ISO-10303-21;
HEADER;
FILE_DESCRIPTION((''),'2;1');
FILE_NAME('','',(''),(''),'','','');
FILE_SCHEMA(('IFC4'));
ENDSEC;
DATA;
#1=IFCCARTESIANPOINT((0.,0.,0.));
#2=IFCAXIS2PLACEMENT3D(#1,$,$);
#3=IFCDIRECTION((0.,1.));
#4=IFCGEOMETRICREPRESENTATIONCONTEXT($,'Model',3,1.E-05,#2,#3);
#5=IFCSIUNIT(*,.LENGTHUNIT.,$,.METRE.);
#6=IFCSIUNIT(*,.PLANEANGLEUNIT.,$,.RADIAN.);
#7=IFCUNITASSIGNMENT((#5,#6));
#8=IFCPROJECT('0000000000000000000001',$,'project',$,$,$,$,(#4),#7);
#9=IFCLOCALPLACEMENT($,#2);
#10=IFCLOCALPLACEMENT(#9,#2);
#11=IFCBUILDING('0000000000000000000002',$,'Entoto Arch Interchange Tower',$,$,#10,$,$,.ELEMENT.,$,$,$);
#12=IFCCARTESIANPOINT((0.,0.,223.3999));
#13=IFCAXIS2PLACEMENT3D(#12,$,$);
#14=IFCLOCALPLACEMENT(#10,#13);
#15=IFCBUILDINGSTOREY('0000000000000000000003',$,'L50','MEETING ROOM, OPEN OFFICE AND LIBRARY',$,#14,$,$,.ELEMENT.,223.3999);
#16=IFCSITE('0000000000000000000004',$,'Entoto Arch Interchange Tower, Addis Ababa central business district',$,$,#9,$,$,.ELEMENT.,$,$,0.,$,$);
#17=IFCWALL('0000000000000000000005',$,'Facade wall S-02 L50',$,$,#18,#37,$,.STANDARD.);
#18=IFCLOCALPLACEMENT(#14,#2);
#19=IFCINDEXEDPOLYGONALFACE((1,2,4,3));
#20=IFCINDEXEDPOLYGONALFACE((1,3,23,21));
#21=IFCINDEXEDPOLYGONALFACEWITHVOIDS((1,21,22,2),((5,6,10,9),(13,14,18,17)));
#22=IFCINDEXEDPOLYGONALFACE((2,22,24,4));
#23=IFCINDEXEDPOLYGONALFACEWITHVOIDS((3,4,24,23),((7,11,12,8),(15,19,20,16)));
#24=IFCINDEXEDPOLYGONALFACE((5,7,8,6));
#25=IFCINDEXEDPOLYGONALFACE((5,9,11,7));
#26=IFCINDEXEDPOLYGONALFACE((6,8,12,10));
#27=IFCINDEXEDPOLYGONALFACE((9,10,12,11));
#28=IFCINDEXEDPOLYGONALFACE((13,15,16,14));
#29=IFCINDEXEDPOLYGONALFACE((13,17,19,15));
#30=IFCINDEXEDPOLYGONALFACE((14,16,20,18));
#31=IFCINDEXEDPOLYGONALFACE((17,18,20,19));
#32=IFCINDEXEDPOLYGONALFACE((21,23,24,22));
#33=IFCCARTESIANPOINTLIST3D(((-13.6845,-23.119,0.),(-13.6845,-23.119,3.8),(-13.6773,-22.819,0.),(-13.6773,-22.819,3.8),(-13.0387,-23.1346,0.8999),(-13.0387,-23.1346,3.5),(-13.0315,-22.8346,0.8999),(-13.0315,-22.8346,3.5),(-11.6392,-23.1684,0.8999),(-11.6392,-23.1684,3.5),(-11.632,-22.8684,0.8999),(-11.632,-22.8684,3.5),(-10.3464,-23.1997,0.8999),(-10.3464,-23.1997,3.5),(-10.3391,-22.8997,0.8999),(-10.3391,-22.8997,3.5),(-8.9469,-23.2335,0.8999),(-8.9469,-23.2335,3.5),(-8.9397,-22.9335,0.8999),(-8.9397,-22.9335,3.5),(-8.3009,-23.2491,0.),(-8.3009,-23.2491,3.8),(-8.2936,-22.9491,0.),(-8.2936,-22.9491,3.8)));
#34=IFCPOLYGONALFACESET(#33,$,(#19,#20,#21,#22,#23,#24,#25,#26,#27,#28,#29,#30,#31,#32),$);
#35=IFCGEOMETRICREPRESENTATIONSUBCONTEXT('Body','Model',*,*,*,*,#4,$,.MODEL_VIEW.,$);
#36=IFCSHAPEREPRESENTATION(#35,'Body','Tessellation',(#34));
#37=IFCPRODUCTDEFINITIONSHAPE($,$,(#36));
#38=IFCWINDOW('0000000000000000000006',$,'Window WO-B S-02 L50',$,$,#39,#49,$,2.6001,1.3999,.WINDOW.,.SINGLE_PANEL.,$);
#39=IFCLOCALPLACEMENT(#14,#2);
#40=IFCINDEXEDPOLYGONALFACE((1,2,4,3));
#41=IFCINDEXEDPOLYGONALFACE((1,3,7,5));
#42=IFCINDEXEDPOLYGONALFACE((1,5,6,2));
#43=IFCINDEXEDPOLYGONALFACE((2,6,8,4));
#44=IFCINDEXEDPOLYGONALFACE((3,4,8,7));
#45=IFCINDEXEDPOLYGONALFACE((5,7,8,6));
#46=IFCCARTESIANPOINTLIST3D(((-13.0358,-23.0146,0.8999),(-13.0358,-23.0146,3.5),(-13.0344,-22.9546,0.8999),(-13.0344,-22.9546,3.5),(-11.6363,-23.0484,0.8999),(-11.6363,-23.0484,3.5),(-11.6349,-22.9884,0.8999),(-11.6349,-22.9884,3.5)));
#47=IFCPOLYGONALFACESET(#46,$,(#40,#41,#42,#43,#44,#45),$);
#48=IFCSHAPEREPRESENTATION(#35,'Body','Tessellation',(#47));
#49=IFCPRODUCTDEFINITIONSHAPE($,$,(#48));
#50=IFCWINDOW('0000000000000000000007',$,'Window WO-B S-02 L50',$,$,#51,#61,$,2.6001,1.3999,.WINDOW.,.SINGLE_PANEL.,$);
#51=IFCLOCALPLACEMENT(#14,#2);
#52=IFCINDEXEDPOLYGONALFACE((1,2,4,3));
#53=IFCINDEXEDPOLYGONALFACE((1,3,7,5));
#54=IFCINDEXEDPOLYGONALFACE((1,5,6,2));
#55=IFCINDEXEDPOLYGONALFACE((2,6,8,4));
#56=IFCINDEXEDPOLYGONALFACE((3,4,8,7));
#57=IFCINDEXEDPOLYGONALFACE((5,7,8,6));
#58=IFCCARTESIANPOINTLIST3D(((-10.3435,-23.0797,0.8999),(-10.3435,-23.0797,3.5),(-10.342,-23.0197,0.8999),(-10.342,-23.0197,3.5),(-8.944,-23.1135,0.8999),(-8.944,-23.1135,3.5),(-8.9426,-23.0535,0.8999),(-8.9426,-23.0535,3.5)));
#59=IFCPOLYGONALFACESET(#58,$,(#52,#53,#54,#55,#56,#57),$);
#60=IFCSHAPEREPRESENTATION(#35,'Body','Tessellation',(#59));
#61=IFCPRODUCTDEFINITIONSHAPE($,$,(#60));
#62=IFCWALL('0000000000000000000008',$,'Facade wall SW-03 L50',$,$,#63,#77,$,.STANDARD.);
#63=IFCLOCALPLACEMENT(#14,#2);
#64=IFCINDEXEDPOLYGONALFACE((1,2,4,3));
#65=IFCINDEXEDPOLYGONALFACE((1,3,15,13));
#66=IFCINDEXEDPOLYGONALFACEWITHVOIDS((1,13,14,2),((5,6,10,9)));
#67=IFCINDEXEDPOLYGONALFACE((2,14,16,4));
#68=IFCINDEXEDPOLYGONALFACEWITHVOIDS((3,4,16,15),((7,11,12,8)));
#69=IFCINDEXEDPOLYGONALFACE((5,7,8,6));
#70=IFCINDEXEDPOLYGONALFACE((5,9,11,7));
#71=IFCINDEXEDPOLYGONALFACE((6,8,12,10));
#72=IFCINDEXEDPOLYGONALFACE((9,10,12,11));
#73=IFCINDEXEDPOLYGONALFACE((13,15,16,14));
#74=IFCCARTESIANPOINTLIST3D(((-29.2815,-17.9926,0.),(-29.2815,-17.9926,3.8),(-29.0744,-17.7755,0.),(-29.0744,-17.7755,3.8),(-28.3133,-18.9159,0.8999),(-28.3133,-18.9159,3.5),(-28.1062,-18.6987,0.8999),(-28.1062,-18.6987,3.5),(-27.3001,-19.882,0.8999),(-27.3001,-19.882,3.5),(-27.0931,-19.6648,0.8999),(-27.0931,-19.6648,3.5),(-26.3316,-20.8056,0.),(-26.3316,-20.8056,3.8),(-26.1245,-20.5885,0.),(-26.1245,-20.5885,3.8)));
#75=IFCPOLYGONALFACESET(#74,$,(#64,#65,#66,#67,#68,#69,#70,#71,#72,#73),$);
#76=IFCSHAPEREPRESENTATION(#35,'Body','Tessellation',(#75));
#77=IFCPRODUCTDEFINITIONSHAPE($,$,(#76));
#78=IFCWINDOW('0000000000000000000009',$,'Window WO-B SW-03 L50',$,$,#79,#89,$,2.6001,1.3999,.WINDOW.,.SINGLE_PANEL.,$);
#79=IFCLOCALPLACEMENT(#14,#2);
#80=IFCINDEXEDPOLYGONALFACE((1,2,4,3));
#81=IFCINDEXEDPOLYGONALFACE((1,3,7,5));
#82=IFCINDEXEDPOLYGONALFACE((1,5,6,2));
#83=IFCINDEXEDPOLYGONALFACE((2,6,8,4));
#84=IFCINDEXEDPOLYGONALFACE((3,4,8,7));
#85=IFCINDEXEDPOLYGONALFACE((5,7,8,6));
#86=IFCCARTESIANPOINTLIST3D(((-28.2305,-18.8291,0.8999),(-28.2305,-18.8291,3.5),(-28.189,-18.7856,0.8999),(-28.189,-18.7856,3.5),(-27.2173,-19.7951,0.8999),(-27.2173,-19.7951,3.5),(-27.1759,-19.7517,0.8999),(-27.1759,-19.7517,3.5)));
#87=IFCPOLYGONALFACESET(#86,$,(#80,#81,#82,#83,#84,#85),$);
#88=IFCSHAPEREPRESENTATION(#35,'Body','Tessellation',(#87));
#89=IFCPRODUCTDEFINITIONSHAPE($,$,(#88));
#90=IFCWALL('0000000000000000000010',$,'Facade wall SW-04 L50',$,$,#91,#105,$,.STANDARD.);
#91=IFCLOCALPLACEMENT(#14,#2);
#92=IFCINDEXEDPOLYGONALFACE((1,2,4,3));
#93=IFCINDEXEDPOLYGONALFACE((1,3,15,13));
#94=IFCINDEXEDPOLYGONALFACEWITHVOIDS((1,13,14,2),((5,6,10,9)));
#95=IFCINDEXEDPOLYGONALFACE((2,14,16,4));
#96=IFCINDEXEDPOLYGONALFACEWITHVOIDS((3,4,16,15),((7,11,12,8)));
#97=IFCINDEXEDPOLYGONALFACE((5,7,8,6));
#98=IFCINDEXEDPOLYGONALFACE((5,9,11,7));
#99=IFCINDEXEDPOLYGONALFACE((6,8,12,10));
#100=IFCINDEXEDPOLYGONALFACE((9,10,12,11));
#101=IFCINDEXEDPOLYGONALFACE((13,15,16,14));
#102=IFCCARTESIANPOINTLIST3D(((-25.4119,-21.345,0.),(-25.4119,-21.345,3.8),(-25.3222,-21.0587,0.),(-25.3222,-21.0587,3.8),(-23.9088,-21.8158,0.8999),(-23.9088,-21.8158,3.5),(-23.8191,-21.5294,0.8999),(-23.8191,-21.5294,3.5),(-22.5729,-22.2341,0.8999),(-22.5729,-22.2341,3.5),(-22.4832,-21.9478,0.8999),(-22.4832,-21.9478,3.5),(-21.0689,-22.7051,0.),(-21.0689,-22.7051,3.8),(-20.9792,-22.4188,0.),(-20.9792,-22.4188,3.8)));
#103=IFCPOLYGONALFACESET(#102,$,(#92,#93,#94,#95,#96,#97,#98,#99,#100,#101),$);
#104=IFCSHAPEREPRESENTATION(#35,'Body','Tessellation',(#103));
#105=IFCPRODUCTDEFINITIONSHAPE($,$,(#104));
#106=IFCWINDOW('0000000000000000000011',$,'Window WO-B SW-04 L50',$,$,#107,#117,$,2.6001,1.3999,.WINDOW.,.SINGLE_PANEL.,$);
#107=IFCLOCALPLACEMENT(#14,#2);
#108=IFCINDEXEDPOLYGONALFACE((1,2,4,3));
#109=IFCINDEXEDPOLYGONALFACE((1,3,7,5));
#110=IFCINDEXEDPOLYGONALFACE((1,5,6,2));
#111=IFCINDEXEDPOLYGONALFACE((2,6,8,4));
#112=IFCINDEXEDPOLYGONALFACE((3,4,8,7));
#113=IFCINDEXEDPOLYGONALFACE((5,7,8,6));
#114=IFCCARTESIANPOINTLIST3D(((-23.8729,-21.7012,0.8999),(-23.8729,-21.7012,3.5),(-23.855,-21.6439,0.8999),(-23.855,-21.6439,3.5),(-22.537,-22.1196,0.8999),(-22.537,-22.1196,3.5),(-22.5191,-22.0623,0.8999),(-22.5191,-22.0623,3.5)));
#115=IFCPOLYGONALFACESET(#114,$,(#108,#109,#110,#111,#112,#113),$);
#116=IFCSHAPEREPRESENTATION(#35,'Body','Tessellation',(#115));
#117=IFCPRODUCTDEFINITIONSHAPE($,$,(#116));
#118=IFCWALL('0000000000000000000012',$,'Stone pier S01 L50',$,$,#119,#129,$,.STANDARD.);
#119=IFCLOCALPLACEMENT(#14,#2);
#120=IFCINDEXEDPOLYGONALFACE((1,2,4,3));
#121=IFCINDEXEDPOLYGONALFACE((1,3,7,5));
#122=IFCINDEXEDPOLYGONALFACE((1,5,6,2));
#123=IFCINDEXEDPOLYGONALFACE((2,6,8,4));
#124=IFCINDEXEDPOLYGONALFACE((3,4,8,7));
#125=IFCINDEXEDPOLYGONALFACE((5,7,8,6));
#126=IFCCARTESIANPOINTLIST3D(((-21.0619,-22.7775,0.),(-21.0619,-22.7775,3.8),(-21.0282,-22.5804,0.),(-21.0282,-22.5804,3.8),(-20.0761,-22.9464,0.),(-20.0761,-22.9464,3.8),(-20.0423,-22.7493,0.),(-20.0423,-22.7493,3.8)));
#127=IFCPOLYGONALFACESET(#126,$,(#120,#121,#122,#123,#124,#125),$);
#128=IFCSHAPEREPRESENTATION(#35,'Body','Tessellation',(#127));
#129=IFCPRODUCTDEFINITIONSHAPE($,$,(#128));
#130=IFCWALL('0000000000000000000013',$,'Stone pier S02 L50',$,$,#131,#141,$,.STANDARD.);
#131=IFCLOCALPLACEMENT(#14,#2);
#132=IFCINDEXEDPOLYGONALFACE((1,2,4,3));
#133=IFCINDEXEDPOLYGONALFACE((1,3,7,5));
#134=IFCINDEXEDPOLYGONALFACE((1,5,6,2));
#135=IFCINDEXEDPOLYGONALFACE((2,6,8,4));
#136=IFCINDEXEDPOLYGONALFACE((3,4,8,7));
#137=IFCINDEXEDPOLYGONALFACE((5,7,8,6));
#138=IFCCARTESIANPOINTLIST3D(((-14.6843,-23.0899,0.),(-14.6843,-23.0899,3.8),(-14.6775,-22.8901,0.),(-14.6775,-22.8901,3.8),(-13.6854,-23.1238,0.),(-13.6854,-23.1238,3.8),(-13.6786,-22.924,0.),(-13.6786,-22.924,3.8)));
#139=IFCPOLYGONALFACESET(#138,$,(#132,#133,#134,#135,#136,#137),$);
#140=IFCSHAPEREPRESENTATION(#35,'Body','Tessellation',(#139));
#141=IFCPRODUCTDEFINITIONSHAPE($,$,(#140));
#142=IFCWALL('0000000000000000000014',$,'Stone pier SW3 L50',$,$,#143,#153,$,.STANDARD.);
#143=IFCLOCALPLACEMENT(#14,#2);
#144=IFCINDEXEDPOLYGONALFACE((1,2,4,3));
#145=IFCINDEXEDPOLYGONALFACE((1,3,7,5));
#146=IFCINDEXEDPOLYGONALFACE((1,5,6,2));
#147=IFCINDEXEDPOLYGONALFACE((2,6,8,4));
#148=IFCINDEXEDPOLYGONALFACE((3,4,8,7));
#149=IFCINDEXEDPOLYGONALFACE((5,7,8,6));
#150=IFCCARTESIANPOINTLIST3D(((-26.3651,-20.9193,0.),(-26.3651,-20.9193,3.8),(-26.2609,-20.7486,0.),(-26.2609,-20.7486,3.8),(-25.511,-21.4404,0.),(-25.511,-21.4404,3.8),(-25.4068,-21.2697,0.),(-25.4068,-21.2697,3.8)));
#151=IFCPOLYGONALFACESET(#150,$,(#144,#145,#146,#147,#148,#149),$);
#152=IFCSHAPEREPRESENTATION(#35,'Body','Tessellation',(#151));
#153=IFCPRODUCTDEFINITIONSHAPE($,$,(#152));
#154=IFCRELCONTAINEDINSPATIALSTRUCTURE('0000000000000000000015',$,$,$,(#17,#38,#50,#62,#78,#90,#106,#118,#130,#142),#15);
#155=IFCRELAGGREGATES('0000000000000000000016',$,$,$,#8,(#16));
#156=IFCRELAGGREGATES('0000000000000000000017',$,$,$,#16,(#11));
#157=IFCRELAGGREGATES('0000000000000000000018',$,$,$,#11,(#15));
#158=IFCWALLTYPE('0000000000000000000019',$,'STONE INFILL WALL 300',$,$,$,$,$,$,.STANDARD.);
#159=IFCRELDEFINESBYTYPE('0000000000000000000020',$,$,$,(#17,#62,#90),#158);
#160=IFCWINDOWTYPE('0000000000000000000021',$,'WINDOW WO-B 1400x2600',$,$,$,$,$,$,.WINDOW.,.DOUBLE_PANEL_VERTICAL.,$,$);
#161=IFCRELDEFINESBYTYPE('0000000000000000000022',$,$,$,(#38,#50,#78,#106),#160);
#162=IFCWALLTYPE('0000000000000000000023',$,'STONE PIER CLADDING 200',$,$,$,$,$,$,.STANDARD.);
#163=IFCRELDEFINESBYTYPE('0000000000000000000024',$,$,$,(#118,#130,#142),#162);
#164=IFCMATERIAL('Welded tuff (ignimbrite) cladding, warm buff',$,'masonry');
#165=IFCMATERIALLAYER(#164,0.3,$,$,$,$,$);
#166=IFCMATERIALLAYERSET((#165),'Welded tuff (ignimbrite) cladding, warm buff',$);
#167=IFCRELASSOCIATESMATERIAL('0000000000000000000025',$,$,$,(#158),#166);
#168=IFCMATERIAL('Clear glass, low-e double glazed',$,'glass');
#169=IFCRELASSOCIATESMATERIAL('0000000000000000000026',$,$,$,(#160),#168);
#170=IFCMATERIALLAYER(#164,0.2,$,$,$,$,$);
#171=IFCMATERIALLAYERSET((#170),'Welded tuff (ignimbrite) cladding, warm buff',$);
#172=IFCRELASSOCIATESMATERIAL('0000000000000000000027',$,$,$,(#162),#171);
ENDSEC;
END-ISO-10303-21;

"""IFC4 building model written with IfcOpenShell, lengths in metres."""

from ifc_helpers import new_model, si_unit, direction, frame, frame_2d, origin, place, context, subcontext, project, spatial, rectangle, extrude, material, layer, layer_set, type_object, element, fill, save


model = new_model("IFC4")

# Units and contexts
model_context = context("Model", 3, precision=1e-05, world=origin(), true_north=direction((0.0, 1.0)))
body_context = subcontext(model_context, "Body", "Model", "MODEL_VIEW")
ifc_project = project(units=[si_unit("LENGTHUNIT", "METRE"), si_unit("PLANEANGLEUNIT", "RADIAN")], contexts=[model_context])

# Site, building, storey
site_placement = place(None, origin())
site = spatial("IfcSite", under=ifc_project, at=site_placement, Name="Entoto Arch Interchange Tower, Addis Ababa central business district", CompositionType="ELEMENT", RefElevation=0.0)
building_placement = place(site_placement, origin())
building = spatial("IfcBuilding", under=site, at=building_placement, Name="Entoto Arch Interchange Tower", CompositionType="ELEMENT")
storey_placement = place(building_placement, frame((0.0, 0.0, 223.3999)))
storey = spatial("IfcBuildingStorey", under=building, at=storey_placement, Name="L50", Description="MEETING ROOM, OPEN OFFICE AND LIBRARY", CompositionType="ELEMENT", Elevation=223.3999)

# Wall, openings, windows
ifc_material_1 = material(Name="Welded tuff (ignimbrite) cladding, warm buff", Category="masonry")
ifc_layer_1 = layer(ifc_material_1, 0.3)
ifc_layer_set_1 = layer_set([ifc_layer_1], Name="Welded tuff (ignimbrite) cladding, warm buff")
wall_type_1 = type_object("IfcWallType", Name="STONE INFILL WALL 300", PredefinedType="STANDARD", material=ifc_layer_set_1)
ifc_material_2 = material(Name="Clear glass, low-e double glazed", Category="glass")
window_type = type_object("IfcWindowType", Name="WINDOW WO-B 1400x2600", PartitioningType="DOUBLE_PANEL_VERTICAL", PredefinedType="WINDOW", material=ifc_material_2)
wall_1_placement = place(storey_placement, frame((-13.6809, -22.969, 0.0), z_axis=(0.0, 0.0, 1.0), x_axis=(0.999708, -0.024163, 0.0)))
wall_1 = element("IfcWall", 1, at=wall_1_placement, inside=storey, type_object=wall_type_1, Name="Facade wall S-02 L50", PredefinedType="STANDARD", context=body_context, shape_type="SweptSolid", body=[
    extrude(rectangle(XDim=5.3853, YDim=0.3, at=frame_2d((2.6926, 0.0))), origin(), (0.0, 0.0, 1.0), 3.8),
])
opening_1_placement = place(wall_1_placement, frame((0.646, 0.0, 0.8999)))
opening_1 = element("IfcOpeningElement", 2, at=opening_1_placement, cuts=wall_1, PredefinedType="OPENING", context=body_context, shape_type="SweptSolid", body=[
    extrude(rectangle(XDim=1.3999, YDim=2.6001, at=frame_2d((0.7, 1.3))), frame((0.0, 0.1602, 0.0), z_axis=(0.0, -1.0, 0.0), x_axis=(1.0, 0.0, 0.0)), (0.0, 0.0, 1.0), 0.3201),
])
opening_2_placement = place(wall_1_placement, frame((3.3391, 0.0, 0.8999)))
opening_2 = element("IfcOpeningElement", 3, at=opening_2_placement, cuts=wall_1, PredefinedType="OPENING", context=body_context, shape_type="SweptSolid", body=[
    extrude(rectangle(XDim=1.3999, YDim=2.6001, at=frame_2d((0.7, 1.3))), frame((0.0, 0.1602, 0.0), z_axis=(0.0, -1.0, 0.0), x_axis=(1.0, 0.0, 0.0)), (0.0, 0.0, 1.0), 0.3201),
])
window_1_placement = place(opening_1_placement, origin())
window_1 = element("IfcWindow", 4, at=window_1_placement, inside=storey, type_object=window_type, Name="Window WO-B S-02 L50", OverallHeight=2.6001, OverallWidth=1.3999, PartitioningType="SINGLE_PANEL", PredefinedType="WINDOW", context=body_context, shape_type="SweptSolid", body=[
    extrude(rectangle(XDim=1.3999, YDim=2.6001, at=frame_2d((0.7, 1.3))), frame((0.0, 0.03, 0.0), z_axis=(0.0, -1.0, 0.0), x_axis=(1.0, 0.0, 0.0)), (0.0, 0.0, 1.0), 0.0601),
])
fill(opening_1, window_1)
window_2_placement = place(opening_2_placement, origin())
window_2 = element("IfcWindow", 5, at=window_2_placement, inside=storey, type_object=window_type, Name="Window WO-B S-02 L50", OverallHeight=2.6001, OverallWidth=1.3999, PartitioningType="SINGLE_PANEL", PredefinedType="WINDOW", context=body_context, shape_type="SweptSolid", body=[
    extrude(rectangle(XDim=1.3999, YDim=2.6001, at=frame_2d((0.7, 1.3))), frame((0.0, 0.03, 0.0), z_axis=(0.0, -1.0, 0.0), x_axis=(1.0, 0.0, 0.0)), (0.0, 0.0, 1.0), 0.0601),
])
fill(opening_2, window_2)

# Walls, openings, windows
wall_2_placement = place(storey_placement, frame((-29.178, -17.884, 0.0), z_axis=(0.0, 0.0, 1.0), x_axis=(0.723708, -0.690107, 0.0)))
wall_2 = element("IfcWall", 6, at=wall_2_placement, inside=storey, type_object=wall_type_1, Name="Facade wall SW-03 L50", PredefinedType="STANDARD", context=body_context, shape_type="SweptSolid", body=[
    extrude(rectangle(XDim=4.0762, YDim=0.3, at=frame_2d((2.0381, 0.0))), origin(), (0.0, 0.0, 1.0), 3.8),
])
opening_3_placement = place(wall_2_placement, frame((1.3379, 0.0, 0.8999)))
opening_3 = element("IfcOpeningElement", 7, at=opening_3_placement, cuts=wall_2, PredefinedType="OPENING", context=body_context, shape_type="SweptSolid", body=[
    extrude(rectangle(XDim=1.3999, YDim=2.6001, at=frame_2d((0.7, 1.3))), frame((0.0, 0.1602, 0.0), z_axis=(0.0, -1.0, 0.0), x_axis=(1.0, 0.0, 0.0)), (0.0, 0.0, 1.0), 0.3201),
])
window_3_placement = place(opening_3_placement, origin())
window_3 = element("IfcWindow", 8, at=window_3_placement, inside=storey, type_object=window_type, Name="Window WO-B SW-03 L50", OverallHeight=2.6001, OverallWidth=1.3999, PartitioningType="SINGLE_PANEL", PredefinedType="WINDOW", context=body_context, shape_type="SweptSolid", body=[
    extrude(rectangle(XDim=1.3999, YDim=2.6001, at=frame_2d((0.7, 1.3))), frame((0.0, 0.03, 0.0), z_axis=(0.0, -1.0, 0.0), x_axis=(1.0, 0.0, 0.0)), (0.0, 0.0, 1.0), 0.0601),
])
fill(opening_3, window_3)
wall_3_placement = place(storey_placement, frame((-25.3669, -21.2019, 0.0), z_axis=(0.0, 0.0, 1.0), x_axis=(0.954297, -0.298858, 0.0)))
wall_3 = element("IfcWall", 9, at=wall_3_placement, inside=storey, type_object=wall_type_1, Name="Facade wall SW-04 L50", PredefinedType="STANDARD", context=body_context, shape_type="SweptSolid", body=[
    extrude(rectangle(XDim=4.551, YDim=0.3, at=frame_2d((2.2754, 0.0))), origin(), (0.0, 0.0, 1.0), 3.8),
])
opening_4_placement = place(wall_3_placement, frame((1.575, 0.0, 0.8999)))
opening_4 = element("IfcOpeningElement", 10, at=opening_4_placement, cuts=wall_3, PredefinedType="OPENING", context=body_context, shape_type="SweptSolid", body=[
    extrude(rectangle(XDim=1.3999, YDim=2.6001, at=frame_2d((0.7, 1.3))), frame((0.0, 0.1602, 0.0), z_axis=(0.0, -1.0, 0.0), x_axis=(1.0, 0.0, 0.0)), (0.0, 0.0, 1.0), 0.3201),
])
window_4_placement = place(opening_4_placement, origin())
window_4 = element("IfcWindow", 11, at=window_4_placement, inside=storey, type_object=window_type, Name="Window WO-B SW-04 L50", OverallHeight=2.6001, OverallWidth=1.3999, PartitioningType="SINGLE_PANEL", PredefinedType="WINDOW", context=body_context, shape_type="SweptSolid", body=[
    extrude(rectangle(XDim=1.3999, YDim=2.6001, at=frame_2d((0.7, 1.3))), frame((0.0, 0.03, 0.0), z_axis=(0.0, -1.0, 0.0), x_axis=(1.0, 0.0, 0.0)), (0.0, 0.0, 1.0), 0.0601),
])
fill(opening_4, window_4)

# Walls
ifc_layer_2 = layer(ifc_material_1, 0.2)
ifc_layer_set_2 = layer_set([ifc_layer_2], Name="Welded tuff (ignimbrite) cladding, warm buff")
wall_type_2 = type_object("IfcWallType", Name="STONE PIER CLADDING 200", PredefinedType="STANDARD", material=ifc_layer_set_2)
wall_4_placement = place(storey_placement, frame((-21.0449, -22.679, 0.0), z_axis=(0.0, 0.0, 1.0), x_axis=(0.985632, -0.16891, 0.0)))
element("IfcWall", 12, at=wall_4_placement, inside=storey, type_object=wall_type_2, Name="Stone pier S01 L50", PredefinedType="STANDARD", context=body_context, shape_type="SweptSolid", body=[
    extrude(rectangle(XDim=1.0002, YDim=0.2, at=frame_2d((0.5, 0.0))), origin(), (0.0, 0.0, 1.0), 3.8),
])
wall_5_placement = place(storey_placement, frame((-14.6809, -22.99, 0.0), z_axis=(0.0, 0.0, 1.0), x_axis=(0.999424, -0.033949, 0.0)))
element("IfcWall", 13, at=wall_5_placement, inside=storey, type_object=wall_type_2, Name="Stone pier S02 L50", PredefinedType="STANDARD", context=body_context, shape_type="SweptSolid", body=[
    extrude(rectangle(XDim=0.9995, YDim=0.2, at=frame_2d((0.4998, 0.0))), origin(), (0.0, 0.0, 1.0), 3.8),
])
wall_6_placement = place(storey_placement, frame((-26.313, -20.834, 0.0), z_axis=(0.0, 0.0, 1.0), x_axis=(0.85368, -0.520798, 0.0)))
element("IfcWall", 14, at=wall_6_placement, inside=storey, type_object=wall_type_2, Name="Stone pier SW3 L50", PredefinedType="STANDARD", context=body_context, shape_type="SweptSolid", body=[
    extrude(rectangle(XDim=1.0005, YDim=0.2, at=frame_2d((0.5002, 0.0))), origin(), (0.0, 0.0, 1.0), 3.8),
])

save(model, "model.ifc")
